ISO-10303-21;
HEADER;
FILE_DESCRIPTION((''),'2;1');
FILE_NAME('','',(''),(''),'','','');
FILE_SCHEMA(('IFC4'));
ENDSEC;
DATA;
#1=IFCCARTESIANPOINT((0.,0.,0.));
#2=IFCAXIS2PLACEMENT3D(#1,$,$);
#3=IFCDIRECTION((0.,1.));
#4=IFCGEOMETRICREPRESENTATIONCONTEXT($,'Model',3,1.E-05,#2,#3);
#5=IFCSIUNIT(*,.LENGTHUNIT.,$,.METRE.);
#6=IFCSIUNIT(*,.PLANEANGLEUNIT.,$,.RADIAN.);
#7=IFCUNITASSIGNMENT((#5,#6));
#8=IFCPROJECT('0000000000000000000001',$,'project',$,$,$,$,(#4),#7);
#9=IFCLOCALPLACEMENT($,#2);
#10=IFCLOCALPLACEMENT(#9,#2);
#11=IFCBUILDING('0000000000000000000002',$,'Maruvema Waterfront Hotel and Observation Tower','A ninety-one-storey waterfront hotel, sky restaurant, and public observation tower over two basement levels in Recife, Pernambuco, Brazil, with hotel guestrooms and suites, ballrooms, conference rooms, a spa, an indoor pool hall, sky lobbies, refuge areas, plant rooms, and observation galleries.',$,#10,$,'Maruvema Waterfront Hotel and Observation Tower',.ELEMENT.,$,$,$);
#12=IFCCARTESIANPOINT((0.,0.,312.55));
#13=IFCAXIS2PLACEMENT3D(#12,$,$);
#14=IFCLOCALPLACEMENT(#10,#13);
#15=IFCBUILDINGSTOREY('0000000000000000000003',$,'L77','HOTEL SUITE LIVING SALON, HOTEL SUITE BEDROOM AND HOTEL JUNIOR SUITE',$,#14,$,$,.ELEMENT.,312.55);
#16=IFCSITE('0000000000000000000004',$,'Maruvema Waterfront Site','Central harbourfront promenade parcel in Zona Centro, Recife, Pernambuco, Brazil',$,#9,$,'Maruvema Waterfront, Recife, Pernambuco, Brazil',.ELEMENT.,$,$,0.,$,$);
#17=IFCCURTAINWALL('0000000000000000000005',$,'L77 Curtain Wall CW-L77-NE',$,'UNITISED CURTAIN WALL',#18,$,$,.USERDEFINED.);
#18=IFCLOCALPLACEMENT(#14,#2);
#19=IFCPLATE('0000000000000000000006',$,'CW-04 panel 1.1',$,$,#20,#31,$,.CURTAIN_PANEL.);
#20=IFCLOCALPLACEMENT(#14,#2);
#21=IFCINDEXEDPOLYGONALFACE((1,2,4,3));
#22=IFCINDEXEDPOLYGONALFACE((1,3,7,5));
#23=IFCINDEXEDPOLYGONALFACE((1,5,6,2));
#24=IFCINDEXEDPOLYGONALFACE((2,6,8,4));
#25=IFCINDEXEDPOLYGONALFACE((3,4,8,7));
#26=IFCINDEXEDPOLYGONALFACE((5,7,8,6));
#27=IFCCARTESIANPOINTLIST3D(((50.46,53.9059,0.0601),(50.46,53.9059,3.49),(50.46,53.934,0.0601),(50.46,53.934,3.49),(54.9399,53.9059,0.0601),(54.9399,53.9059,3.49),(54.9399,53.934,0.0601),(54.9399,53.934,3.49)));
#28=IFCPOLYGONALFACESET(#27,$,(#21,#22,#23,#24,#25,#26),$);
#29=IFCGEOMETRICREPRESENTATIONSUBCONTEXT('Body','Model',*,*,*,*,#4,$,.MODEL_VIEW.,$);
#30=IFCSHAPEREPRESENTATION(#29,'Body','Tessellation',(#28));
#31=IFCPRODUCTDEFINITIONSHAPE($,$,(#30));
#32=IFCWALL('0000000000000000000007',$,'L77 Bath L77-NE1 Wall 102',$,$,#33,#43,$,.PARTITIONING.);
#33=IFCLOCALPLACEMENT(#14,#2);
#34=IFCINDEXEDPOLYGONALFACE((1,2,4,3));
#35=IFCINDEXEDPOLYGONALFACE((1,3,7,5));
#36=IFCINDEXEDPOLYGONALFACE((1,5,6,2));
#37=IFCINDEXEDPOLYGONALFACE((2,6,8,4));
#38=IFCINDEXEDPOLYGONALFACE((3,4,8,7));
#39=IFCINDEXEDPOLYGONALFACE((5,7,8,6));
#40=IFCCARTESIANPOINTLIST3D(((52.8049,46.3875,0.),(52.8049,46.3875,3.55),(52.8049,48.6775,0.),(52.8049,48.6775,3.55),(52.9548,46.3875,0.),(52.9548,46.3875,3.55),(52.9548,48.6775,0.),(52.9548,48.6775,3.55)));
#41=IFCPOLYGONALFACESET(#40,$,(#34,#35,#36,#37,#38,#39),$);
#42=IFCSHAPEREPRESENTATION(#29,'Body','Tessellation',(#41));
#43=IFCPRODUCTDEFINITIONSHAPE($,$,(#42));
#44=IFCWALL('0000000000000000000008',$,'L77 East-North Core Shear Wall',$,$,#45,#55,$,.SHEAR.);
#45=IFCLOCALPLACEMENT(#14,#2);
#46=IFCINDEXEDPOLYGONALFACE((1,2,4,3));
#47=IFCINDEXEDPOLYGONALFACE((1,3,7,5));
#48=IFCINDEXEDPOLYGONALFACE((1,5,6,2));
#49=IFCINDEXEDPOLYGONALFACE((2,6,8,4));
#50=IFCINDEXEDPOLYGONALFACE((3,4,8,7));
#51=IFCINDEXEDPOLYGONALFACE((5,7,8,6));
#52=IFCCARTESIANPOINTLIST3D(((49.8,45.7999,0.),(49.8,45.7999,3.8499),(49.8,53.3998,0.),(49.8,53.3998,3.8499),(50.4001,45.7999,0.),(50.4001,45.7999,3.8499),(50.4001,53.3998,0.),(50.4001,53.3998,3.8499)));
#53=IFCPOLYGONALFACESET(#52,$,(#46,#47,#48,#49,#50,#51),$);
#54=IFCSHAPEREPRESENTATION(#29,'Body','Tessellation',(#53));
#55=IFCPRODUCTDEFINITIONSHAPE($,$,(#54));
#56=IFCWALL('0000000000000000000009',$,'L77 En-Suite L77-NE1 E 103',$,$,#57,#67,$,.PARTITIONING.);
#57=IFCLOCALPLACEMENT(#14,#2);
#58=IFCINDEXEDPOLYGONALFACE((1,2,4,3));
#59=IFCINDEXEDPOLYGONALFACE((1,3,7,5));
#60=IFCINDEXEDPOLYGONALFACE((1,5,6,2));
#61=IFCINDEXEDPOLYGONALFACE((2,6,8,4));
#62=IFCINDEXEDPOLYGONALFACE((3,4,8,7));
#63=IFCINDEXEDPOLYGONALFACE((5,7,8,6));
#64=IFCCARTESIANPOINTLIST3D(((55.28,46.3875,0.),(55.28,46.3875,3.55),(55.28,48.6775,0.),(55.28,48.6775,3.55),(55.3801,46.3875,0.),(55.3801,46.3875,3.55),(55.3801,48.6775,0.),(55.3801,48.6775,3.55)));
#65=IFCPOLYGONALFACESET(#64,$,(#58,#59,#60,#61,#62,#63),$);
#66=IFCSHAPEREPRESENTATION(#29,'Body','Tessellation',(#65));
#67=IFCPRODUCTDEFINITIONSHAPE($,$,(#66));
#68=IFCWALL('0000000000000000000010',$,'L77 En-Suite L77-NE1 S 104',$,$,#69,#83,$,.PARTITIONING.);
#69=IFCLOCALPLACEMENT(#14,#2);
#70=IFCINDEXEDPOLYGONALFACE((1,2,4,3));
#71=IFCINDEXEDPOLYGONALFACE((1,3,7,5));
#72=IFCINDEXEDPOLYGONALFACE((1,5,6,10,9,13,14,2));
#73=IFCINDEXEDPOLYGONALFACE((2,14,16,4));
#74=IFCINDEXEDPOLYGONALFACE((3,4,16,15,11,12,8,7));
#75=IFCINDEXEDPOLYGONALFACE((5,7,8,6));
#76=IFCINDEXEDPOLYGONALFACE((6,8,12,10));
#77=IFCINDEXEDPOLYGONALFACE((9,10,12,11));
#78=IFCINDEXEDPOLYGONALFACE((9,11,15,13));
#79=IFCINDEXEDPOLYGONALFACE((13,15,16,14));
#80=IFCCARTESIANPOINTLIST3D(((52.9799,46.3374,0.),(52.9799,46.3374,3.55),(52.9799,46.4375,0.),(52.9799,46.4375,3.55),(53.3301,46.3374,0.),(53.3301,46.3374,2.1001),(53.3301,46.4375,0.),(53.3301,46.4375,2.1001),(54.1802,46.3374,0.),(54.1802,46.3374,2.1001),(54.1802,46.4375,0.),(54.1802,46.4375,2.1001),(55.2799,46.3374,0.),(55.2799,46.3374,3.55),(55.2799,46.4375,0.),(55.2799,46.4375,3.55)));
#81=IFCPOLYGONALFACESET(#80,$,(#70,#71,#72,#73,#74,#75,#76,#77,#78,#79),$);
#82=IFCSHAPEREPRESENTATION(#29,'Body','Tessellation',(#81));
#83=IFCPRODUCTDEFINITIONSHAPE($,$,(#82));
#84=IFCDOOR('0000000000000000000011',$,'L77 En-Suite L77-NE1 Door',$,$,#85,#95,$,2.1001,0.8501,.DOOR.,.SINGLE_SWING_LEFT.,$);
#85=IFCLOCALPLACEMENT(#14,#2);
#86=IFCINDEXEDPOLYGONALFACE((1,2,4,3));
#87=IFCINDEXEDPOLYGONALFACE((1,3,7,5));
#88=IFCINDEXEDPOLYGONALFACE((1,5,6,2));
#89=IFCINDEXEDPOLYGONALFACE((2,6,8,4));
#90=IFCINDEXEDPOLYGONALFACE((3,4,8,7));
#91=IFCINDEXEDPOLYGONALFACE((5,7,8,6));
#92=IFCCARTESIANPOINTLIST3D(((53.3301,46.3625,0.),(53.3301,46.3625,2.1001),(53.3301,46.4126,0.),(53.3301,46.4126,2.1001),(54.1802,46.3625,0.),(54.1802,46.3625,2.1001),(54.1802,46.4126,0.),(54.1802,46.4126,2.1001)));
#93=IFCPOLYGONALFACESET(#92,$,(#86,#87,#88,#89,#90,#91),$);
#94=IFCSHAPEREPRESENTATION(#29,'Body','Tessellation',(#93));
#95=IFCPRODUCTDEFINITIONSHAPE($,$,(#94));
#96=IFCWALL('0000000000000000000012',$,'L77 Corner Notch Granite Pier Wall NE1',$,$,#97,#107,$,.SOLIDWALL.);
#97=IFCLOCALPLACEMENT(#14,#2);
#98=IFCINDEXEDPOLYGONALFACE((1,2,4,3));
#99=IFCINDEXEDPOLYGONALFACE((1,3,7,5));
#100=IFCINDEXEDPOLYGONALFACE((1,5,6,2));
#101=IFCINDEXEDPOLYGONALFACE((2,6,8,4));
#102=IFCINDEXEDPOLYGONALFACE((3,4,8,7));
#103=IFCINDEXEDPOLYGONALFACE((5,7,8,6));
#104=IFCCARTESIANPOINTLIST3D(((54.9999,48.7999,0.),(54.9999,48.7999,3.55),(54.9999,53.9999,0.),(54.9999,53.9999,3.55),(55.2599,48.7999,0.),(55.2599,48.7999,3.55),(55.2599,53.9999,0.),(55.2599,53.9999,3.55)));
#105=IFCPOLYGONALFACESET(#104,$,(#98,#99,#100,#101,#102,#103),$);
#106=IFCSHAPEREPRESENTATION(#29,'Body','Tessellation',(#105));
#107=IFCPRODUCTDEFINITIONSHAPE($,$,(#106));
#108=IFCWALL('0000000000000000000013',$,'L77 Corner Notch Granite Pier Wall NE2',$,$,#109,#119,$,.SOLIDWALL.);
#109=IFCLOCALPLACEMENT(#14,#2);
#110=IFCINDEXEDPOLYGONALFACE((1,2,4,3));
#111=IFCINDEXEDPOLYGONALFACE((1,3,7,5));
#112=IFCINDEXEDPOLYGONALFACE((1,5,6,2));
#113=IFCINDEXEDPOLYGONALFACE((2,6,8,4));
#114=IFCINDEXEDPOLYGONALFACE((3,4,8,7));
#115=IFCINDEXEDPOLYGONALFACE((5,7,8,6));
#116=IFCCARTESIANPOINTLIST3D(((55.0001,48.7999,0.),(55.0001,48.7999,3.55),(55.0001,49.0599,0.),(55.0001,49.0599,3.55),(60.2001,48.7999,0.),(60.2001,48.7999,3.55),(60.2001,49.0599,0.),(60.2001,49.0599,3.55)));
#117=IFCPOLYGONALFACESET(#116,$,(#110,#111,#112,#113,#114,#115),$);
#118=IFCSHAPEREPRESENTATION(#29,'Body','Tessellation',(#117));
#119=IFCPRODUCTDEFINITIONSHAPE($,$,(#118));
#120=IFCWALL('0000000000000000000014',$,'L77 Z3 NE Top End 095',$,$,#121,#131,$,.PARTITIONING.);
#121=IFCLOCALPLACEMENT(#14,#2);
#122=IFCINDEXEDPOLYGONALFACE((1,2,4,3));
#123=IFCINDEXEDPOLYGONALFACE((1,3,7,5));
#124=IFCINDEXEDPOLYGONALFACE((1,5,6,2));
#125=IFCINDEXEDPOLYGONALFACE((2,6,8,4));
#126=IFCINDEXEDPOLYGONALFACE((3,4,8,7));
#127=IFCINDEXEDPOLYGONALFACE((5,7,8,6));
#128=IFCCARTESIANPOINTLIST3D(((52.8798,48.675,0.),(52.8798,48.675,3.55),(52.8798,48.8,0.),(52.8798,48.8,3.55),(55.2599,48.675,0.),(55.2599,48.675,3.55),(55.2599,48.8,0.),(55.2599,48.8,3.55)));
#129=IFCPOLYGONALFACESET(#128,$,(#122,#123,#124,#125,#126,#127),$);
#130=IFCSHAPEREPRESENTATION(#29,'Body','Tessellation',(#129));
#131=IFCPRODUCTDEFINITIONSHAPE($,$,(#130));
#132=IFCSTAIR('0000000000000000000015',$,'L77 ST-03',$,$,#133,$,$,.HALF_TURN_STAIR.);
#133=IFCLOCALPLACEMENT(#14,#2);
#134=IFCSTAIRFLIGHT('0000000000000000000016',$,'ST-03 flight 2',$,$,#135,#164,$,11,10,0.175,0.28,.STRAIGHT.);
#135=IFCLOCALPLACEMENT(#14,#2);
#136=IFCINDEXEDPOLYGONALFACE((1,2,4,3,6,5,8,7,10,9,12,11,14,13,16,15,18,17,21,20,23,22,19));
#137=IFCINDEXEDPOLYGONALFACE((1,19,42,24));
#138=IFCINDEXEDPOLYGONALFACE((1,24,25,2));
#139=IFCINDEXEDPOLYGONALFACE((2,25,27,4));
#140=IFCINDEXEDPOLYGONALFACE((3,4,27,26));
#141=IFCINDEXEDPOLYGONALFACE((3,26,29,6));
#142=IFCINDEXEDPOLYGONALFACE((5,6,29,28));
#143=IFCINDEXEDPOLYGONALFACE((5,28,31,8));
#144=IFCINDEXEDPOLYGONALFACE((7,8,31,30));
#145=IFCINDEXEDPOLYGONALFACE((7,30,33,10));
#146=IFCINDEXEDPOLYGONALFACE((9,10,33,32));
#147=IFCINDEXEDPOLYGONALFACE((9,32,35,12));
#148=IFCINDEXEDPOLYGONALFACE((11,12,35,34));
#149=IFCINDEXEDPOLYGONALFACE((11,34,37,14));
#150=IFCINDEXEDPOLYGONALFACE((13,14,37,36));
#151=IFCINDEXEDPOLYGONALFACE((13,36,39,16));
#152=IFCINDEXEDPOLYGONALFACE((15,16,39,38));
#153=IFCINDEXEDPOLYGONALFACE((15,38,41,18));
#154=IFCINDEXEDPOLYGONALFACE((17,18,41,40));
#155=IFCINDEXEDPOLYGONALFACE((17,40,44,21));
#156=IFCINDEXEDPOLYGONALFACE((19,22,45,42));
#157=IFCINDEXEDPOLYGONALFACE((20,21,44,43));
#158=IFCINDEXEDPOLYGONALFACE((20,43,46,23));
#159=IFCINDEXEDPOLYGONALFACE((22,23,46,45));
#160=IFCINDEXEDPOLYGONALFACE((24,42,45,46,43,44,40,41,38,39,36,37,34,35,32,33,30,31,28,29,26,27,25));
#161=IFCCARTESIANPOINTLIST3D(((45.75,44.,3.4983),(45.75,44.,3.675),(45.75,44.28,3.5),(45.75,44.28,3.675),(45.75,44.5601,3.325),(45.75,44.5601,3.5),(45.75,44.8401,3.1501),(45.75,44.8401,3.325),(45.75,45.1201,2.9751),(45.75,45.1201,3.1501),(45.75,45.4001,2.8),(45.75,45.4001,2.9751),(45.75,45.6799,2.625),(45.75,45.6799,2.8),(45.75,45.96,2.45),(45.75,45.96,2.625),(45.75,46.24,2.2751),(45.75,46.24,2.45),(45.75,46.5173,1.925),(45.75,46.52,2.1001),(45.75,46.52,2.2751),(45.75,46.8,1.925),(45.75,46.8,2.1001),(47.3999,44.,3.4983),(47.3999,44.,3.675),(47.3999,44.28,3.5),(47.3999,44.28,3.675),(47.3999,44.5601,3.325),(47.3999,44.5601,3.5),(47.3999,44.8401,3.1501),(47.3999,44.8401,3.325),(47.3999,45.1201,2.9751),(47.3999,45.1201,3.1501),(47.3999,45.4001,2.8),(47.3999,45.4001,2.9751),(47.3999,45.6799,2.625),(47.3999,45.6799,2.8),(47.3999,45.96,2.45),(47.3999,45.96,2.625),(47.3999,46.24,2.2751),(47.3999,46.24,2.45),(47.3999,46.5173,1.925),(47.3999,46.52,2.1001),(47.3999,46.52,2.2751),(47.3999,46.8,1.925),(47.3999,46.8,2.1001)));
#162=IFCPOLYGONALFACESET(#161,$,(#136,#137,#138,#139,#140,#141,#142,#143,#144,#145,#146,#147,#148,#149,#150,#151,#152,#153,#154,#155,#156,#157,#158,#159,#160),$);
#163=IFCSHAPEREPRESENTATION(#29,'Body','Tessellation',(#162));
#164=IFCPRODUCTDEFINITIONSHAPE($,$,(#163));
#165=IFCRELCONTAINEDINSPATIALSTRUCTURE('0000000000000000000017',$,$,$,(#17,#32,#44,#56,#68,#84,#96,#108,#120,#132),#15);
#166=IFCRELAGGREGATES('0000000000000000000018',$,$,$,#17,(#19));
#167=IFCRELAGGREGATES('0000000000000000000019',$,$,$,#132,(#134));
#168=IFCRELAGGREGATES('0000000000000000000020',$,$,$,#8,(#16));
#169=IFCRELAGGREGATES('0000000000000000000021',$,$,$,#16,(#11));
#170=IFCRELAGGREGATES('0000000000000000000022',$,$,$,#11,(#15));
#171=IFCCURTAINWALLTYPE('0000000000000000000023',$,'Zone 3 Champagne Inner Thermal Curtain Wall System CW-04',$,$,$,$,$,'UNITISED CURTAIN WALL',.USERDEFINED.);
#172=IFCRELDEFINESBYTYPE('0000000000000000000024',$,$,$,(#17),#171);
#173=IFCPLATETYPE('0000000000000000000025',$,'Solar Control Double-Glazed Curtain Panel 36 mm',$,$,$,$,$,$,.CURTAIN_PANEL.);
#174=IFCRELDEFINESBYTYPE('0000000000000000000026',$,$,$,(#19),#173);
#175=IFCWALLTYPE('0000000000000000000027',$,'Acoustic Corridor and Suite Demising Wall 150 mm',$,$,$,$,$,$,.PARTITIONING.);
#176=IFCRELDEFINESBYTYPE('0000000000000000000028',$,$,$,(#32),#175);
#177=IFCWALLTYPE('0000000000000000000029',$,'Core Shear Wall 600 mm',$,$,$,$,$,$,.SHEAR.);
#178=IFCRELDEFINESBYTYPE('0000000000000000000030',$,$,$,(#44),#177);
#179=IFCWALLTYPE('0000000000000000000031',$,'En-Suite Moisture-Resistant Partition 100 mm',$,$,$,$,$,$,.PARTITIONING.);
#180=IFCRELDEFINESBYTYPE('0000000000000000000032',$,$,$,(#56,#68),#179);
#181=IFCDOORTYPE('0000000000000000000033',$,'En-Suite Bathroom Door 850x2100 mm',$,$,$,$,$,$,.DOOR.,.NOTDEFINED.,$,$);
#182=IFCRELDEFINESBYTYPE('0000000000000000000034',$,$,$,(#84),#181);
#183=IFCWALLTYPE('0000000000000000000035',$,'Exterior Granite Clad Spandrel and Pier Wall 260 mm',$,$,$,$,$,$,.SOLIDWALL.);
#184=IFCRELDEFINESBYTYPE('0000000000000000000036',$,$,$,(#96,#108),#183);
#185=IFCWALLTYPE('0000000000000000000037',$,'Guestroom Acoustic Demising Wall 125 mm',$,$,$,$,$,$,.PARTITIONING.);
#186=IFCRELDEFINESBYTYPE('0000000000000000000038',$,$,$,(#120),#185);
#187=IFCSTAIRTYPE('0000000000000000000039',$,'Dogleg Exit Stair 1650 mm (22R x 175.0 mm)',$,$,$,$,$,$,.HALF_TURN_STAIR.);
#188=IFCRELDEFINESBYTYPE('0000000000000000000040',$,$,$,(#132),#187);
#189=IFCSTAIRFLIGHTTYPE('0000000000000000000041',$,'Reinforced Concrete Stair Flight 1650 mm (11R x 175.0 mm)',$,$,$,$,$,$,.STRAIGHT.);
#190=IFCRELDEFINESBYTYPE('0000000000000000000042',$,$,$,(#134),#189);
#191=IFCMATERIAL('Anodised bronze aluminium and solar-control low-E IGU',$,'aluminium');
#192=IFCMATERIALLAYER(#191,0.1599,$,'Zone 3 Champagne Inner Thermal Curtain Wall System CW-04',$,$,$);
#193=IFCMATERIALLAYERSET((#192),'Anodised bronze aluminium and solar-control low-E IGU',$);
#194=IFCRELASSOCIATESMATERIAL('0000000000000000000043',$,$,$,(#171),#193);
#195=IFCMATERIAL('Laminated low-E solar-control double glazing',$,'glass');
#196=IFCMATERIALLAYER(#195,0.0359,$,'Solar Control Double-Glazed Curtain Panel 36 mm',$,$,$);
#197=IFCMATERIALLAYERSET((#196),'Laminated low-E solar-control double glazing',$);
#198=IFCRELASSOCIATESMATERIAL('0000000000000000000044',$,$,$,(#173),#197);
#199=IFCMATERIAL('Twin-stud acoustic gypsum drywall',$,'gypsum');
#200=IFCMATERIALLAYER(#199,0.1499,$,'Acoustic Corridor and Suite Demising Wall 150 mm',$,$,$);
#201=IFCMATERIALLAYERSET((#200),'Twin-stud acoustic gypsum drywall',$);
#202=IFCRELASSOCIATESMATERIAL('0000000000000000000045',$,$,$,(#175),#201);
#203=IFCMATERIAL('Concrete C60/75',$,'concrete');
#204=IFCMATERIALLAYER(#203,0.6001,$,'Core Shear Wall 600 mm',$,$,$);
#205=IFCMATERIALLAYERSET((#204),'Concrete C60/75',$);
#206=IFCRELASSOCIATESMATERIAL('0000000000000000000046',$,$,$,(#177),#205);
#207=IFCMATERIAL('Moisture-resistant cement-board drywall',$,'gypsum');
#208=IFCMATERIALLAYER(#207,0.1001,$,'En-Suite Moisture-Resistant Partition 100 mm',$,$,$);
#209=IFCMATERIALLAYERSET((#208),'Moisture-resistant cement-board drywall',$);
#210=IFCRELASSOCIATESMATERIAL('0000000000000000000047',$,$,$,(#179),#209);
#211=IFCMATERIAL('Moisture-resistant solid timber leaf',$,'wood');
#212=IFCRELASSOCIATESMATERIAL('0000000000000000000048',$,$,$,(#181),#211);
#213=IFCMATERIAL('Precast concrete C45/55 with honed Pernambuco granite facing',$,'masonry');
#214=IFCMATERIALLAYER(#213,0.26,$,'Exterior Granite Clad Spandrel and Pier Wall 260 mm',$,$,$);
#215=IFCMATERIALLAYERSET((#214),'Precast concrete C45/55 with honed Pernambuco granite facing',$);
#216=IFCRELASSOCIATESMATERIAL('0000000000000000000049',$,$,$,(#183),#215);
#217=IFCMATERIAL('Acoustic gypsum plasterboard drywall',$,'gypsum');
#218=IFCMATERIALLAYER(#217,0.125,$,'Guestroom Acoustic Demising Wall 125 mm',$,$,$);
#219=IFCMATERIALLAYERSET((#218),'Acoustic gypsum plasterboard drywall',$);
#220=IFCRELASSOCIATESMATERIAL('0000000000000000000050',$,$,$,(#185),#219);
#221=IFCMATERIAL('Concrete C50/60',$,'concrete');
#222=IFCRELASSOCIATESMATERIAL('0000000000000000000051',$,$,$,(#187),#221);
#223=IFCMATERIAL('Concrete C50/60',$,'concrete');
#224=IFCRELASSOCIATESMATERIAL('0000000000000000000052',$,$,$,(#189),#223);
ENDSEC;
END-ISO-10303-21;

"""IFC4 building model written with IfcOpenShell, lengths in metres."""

from ifc_helpers import new_model, si_unit, direction, frame, frame_2d, origin, origin_2d, place, context, subcontext, project, spatial, polyline, rectangle, outline, extrude, material, layer, layer_set, type_object, element, fill, aggregate, save


model = new_model("IFC4")

# Units and contexts
model_context = context("Model", 3, precision=1e-05, world=origin(), true_north=direction((0.0, 1.0)))
body_context = subcontext(model_context, "Body", "Model", "MODEL_VIEW")
ifc_project = project(units=[si_unit("LENGTHUNIT", "METRE"), si_unit("PLANEANGLEUNIT", "RADIAN")], contexts=[model_context])

# Site, building, storey
site_placement = place(None, origin())
site = spatial("IfcSite", under=ifc_project, at=site_placement, Name="Maruvema Waterfront Site", Description="Central harbourfront promenade parcel in Zona Centro, Recife, Pernambuco, Brazil", LongName="Maruvema Waterfront, Recife, Pernambuco, Brazil", CompositionType="ELEMENT", RefElevation=0.0)
building_placement = place(site_placement, origin())
building = spatial("IfcBuilding", under=site, at=building_placement, Name="Maruvema Waterfront Hotel and Observation Tower", Description="A ninety-one-storey waterfront hotel, sky restaurant, and public observation tower over two basement levels in Recife, Pernambuco, Brazil, with hotel guestrooms and suites, ballrooms, conference rooms, a spa, an indoor pool hall, sky lobbies, refuge areas, plant rooms, and observation galleries.", LongName="Maruvema Waterfront Hotel and Observation Tower", CompositionType="ELEMENT")
storey_placement = place(building_placement, frame((0.0, 0.0, 312.55)))
storey = spatial("IfcBuildingStorey", under=building, at=storey_placement, Name="L77", Description="HOTEL SUITE LIVING SALON, HOTEL SUITE BEDROOM AND HOTEL JUNIOR SUITE", CompositionType="ELEMENT", Elevation=312.55)

# Curtain wall
ifc_material_1 = material(Name="Anodised bronze aluminium and solar-control low-E IGU", Category="aluminium")
ifc_layer_1 = layer(ifc_material_1, 0.1599, Name="Zone 3 Champagne Inner Thermal Curtain Wall System CW-04")
ifc_layer_set_1 = layer_set([ifc_layer_1], Name="Anodised bronze aluminium and solar-control low-E IGU")
curtain_wall_type = type_object("IfcCurtainWallType", Name="Zone 3 Champagne Inner Thermal Curtain Wall System CW-04", ElementType="UNITISED CURTAIN WALL", PredefinedType="USERDEFINED", material=ifc_layer_set_1)
curtain_wall_1_placement = place(storey_placement, origin())
curtain_wall_1 = element("IfcCurtainWall", 1, at=curtain_wall_1_placement, inside=storey, type_object=curtain_wall_type, Name="L77 Curtain Wall CW-L77-NE", ObjectType="UNITISED CURTAIN WALL", PredefinedType="USERDEFINED")

# Plate
ifc_material_2 = material(Name="Laminated low-E solar-control double glazing", Category="glass")
ifc_layer_2 = layer(ifc_material_2, 0.0359, Name="Solar Control Double-Glazed Curtain Panel 36 mm")
ifc_layer_set_2 = layer_set([ifc_layer_2], Name="Laminated low-E solar-control double glazing")
plate_type = type_object("IfcPlateType", Name="Solar Control Double-Glazed Curtain Panel 36 mm", PredefinedType="CURTAIN_PANEL", material=ifc_layer_set_2)
plate_1_placement = place(storey_placement, frame((52.7, 53.9199, 0.0601), z_axis=(0.0, 0.0, 1.0), x_axis=(-1.0, 0.0, 0.0)))
plate_1 = element("IfcPlate", 2, at=plate_1_placement, type_object=plate_type, Name="CW-04 panel 1.1", PredefinedType="CURTAIN_PANEL", context=body_context, shape_type="SweptSolid", body=[
    extrude(rectangle(XDim=4.48, YDim=0.0281, at=origin_2d()), origin(), (0.0, 0.0, 1.0), 3.4299),
])
aggregate(curtain_wall_1, [plate_1])

# Walls
ifc_material_3 = material(Name="Twin-stud acoustic gypsum drywall", Category="gypsum")
ifc_layer_3 = layer(ifc_material_3, 0.1499, Name="Acoustic Corridor and Suite Demising Wall 150 mm")
ifc_layer_set_3 = layer_set([ifc_layer_3], Name="Twin-stud acoustic gypsum drywall")
wall_type_1 = type_object("IfcWallType", Name="Acoustic Corridor and Suite Demising Wall 150 mm", PredefinedType="PARTITIONING", material=ifc_layer_set_3)
wall_1_placement = place(storey_placement, frame((52.8799, 46.3875, 0.0), z_axis=(0.0, 0.0, 1.0), x_axis=(0.0, 1.0, 0.0)))
element("IfcWall", 3, at=wall_1_placement, inside=storey, type_object=wall_type_1, Name="L77 Bath L77-NE1 Wall 102", PredefinedType="PARTITIONING", context=body_context, shape_type="SweptSolid", body=[
    extrude(rectangle(XDim=2.29, YDim=0.1499, at=frame_2d((1.145, 0.0))), origin(), (0.0, 0.0, 1.0), 3.55),
])
ifc_material_4 = material(Name="Concrete C60/75", Category="concrete")
ifc_layer_4 = layer(ifc_material_4, 0.6001, Name="Core Shear Wall 600 mm")
ifc_layer_set_4 = layer_set([ifc_layer_4], Name="Concrete C60/75")
wall_type_2 = type_object("IfcWallType", Name="Core Shear Wall 600 mm", PredefinedType="SHEAR", material=ifc_layer_set_4)
wall_2_placement = place(storey_placement, frame((50.1001, 45.8, 0.0), z_axis=(0.0, 0.0, 1.0), x_axis=(0.0, 1.0, 0.0)))
element("IfcWall", 4, at=wall_2_placement, inside=storey, type_object=wall_type_2, Name="L77 East-North Core Shear Wall", PredefinedType="SHEAR", context=body_context, shape_type="SweptSolid", body=[
    extrude(rectangle(XDim=7.5999, YDim=0.6001, at=frame_2d((3.7998, 0.0))), origin(), (0.0, 0.0, 1.0), 3.8499),
])
ifc_material_5 = material(Name="Moisture-resistant cement-board drywall", Category="gypsum")
ifc_layer_5 = layer(ifc_material_5, 0.1001, Name="En-Suite Moisture-Resistant Partition 100 mm")
ifc_layer_set_5 = layer_set([ifc_layer_5], Name="Moisture-resistant cement-board drywall")
wall_type_3 = type_object("IfcWallType", Name="En-Suite Moisture-Resistant Partition 100 mm", PredefinedType="PARTITIONING", material=ifc_layer_set_5)
wall_3_placement = place(storey_placement, frame((55.3301, 46.3875, 0.0), z_axis=(0.0, 0.0, 1.0), x_axis=(0.0, 1.0, 0.0)))
element("IfcWall", 5, at=wall_3_placement, inside=storey, type_object=wall_type_3, Name="L77 En-Suite L77-NE1 E 103", PredefinedType="PARTITIONING", context=body_context, shape_type="SweptSolid", body=[
    extrude(rectangle(XDim=2.29, YDim=0.1001, at=frame_2d((1.145, 0.0))), origin(), (0.0, 0.0, 1.0), 3.55),
])

# Wall, opening, door
wall_4_placement = place(storey_placement, frame((52.98, 46.3875, 0.0), z_axis=(0.0, 0.0, 1.0), x_axis=(1.0, 0.0, 0.0)))
wall_4 = element("IfcWall", 6, at=wall_4_placement, inside=storey, type_object=wall_type_3, Name="L77 En-Suite L77-NE1 S 104", PredefinedType="PARTITIONING", context=body_context, shape_type="SweptSolid", body=[
    extrude(rectangle(XDim=2.3, YDim=0.1001, at=frame_2d((1.1499, 0.0))), origin(), (0.0, 0.0, 1.0), 3.55),
])
opening_placement = place(wall_4_placement, frame((0.3501, 0.0, 0.0)))
opening = element("IfcOpeningElement", 7, at=opening_placement, cuts=wall_4, PredefinedType="OPENING", context=body_context, shape_type="SweptSolid", body=[
    extrude(rectangle(XDim=0.8501, YDim=2.1001, at=frame_2d((0.425, 1.05))), frame((0.0, 0.0601, 0.0), z_axis=(0.0, -1.0, 0.0), x_axis=(1.0, 0.0, 0.0)), (0.0, 0.0, 1.0), 0.1201),
])
ifc_material_6 = material(Name="Moisture-resistant solid timber leaf", Category="wood")
door_type = type_object("IfcDoorType", Name="En-Suite Bathroom Door 850x2100 mm", OperationType="NOTDEFINED", PredefinedType="DOOR", material=ifc_material_6)
door_placement = place(opening_placement, frame((0.8501, 0.0, 0.0), z_axis=(0.0, 0.0, 1.0), x_axis=(-1.0, 0.0, 0.0)))
door = element("IfcDoor", 8, at=door_placement, inside=storey, type_object=door_type, Name="L77 En-Suite L77-NE1 Door", OperationType="SINGLE_SWING_LEFT", OverallHeight=2.1001, OverallWidth=0.8501, PredefinedType="DOOR", context=body_context, shape_type="SweptSolid", body=[
    extrude(rectangle(XDim=0.8501, YDim=2.1001, at=frame_2d((0.425, 1.05))), frame((0.0, 0.0249, 0.0), z_axis=(0.0, -1.0, 0.0), x_axis=(1.0, 0.0, 0.0)), (0.0, 0.0, 1.0), 0.05),
])
fill(opening, door)

# Walls
ifc_material_7 = material(Name="Precast concrete C45/55 with honed Pernambuco granite facing", Category="masonry")
ifc_layer_6 = layer(ifc_material_7, 0.26, Name="Exterior Granite Clad Spandrel and Pier Wall 260 mm")
ifc_layer_set_6 = layer_set([ifc_layer_6], Name="Precast concrete C45/55 with honed Pernambuco granite facing")
wall_type_4 = type_object("IfcWallType", Name="Exterior Granite Clad Spandrel and Pier Wall 260 mm", PredefinedType="SOLIDWALL", material=ifc_layer_set_6)
for number, where, z_axis, x_axis, name in (
    (9, (55.1299, 54.0, 0.0), (0.0, 0.0, 1.0), (0.0, -1.0, 0.0), "L77 Corner Notch Granite Pier Wall NE1"),
    (10, (55.0, 48.9299, 0.0), (0.0, 0.0, 1.0), (1.0, 0.0, 0.0), "L77 Corner Notch Granite Pier Wall NE2"),
):
    element("IfcWall", number, at=place(storey_placement, frame(where, z_axis=z_axis, x_axis=x_axis)), inside=storey, type_object=wall_type_4, Name=name, PredefinedType="SOLIDWALL", context=body_context, shape_type="SweptSolid", body=[
        extrude(rectangle(XDim=5.2, YDim=0.26, at=frame_2d((2.6001, 0.0))), origin(), (0.0, 0.0, 1.0), 3.55),
    ])
ifc_material_8 = material(Name="Acoustic gypsum plasterboard drywall", Category="gypsum")
ifc_layer_7 = layer(ifc_material_8, 0.125, Name="Guestroom Acoustic Demising Wall 125 mm")
ifc_layer_set_7 = layer_set([ifc_layer_7], Name="Acoustic gypsum plasterboard drywall")
wall_type_5 = type_object("IfcWallType", Name="Guestroom Acoustic Demising Wall 125 mm", PredefinedType="PARTITIONING", material=ifc_layer_set_7)
wall_5_placement = place(storey_placement, frame((52.8799, 48.7375, 0.0), z_axis=(0.0, 0.0, 1.0), x_axis=(1.0, 0.0, 0.0)))
element("IfcWall", 11, at=wall_5_placement, inside=storey, type_object=wall_type_5, Name="L77 Z3 NE Top End 095", PredefinedType="PARTITIONING", context=body_context, shape_type="SweptSolid", body=[
    extrude(rectangle(XDim=2.3801, YDim=0.125, at=frame_2d((1.1899, 0.0))), origin(), (0.0, 0.0, 1.0), 3.55),
])

# Stair, stair flight
ifc_material_9 = material(Name="Concrete C50/60", Category="concrete")
stair_type = type_object("IfcStairType", Name="Dogleg Exit Stair 1650 mm (22R x 175.0 mm)", PredefinedType="HALF_TURN_STAIR", material=ifc_material_9)
stair_placement = place(storey_placement, origin())
stair = element("IfcStair", 12, at=stair_placement, inside=storey, type_object=stair_type, Name="L77 ST-03", PredefinedType="HALF_TURN_STAIR")
ifc_material_10 = material(Name="Concrete C50/60", Category="concrete")
stair_flight_type = type_object("IfcStairFlightType", Name="Reinforced Concrete Stair Flight 1650 mm (11R x 175.0 mm)", PredefinedType="STRAIGHT", material=ifc_material_10)
stair_flight_placement = place(storey_placement, frame((46.575, 46.8, 1.925), z_axis=(0.0, 0.0, 1.0), x_axis=(0.0, -1.0, 0.0)))
stair_flight = element("IfcStairFlight", 13, at=stair_flight_placement, type_object=stair_flight_type, Name="ST-03 flight 2", NumberOfRisers=11, NumberOfTreads=10, PredefinedType="STRAIGHT", RiserHeight=0.175, TreadLength=0.28, context=body_context, shape_type="SweptSolid", body=[
    extrude(outline(polyline([(0.0, 0.0), (0.0, 0.175), (0.28, 0.175), (0.28, 0.3501), (0.5601, 0.3501), (0.5601, 0.5249), (0.8401, 0.5249), (0.8401, 0.7), (1.1201, 0.7), (1.1201, 0.875), (1.3999, 0.875), (1.3999, 1.05), (1.6799, 1.05), (1.6799, 1.2251), (1.96, 1.2251), (1.96, 1.3999), (2.24, 1.3999), (2.24, 1.575), (2.52, 1.575), (2.52, 1.75), (2.8, 1.75), (2.8, 1.925), (2.8, 1.5732), (0.2827, 0.0), (0.0, 0.0)])), frame((0.0, 0.825, 0.0), z_axis=(0.0, -1.0, 0.0), x_axis=(1.0, 0.0, 0.0)), (0.0, 0.0, 1.0), 1.6499),
])
aggregate(stair, [stair_flight])

save(model, "model.ifc")
